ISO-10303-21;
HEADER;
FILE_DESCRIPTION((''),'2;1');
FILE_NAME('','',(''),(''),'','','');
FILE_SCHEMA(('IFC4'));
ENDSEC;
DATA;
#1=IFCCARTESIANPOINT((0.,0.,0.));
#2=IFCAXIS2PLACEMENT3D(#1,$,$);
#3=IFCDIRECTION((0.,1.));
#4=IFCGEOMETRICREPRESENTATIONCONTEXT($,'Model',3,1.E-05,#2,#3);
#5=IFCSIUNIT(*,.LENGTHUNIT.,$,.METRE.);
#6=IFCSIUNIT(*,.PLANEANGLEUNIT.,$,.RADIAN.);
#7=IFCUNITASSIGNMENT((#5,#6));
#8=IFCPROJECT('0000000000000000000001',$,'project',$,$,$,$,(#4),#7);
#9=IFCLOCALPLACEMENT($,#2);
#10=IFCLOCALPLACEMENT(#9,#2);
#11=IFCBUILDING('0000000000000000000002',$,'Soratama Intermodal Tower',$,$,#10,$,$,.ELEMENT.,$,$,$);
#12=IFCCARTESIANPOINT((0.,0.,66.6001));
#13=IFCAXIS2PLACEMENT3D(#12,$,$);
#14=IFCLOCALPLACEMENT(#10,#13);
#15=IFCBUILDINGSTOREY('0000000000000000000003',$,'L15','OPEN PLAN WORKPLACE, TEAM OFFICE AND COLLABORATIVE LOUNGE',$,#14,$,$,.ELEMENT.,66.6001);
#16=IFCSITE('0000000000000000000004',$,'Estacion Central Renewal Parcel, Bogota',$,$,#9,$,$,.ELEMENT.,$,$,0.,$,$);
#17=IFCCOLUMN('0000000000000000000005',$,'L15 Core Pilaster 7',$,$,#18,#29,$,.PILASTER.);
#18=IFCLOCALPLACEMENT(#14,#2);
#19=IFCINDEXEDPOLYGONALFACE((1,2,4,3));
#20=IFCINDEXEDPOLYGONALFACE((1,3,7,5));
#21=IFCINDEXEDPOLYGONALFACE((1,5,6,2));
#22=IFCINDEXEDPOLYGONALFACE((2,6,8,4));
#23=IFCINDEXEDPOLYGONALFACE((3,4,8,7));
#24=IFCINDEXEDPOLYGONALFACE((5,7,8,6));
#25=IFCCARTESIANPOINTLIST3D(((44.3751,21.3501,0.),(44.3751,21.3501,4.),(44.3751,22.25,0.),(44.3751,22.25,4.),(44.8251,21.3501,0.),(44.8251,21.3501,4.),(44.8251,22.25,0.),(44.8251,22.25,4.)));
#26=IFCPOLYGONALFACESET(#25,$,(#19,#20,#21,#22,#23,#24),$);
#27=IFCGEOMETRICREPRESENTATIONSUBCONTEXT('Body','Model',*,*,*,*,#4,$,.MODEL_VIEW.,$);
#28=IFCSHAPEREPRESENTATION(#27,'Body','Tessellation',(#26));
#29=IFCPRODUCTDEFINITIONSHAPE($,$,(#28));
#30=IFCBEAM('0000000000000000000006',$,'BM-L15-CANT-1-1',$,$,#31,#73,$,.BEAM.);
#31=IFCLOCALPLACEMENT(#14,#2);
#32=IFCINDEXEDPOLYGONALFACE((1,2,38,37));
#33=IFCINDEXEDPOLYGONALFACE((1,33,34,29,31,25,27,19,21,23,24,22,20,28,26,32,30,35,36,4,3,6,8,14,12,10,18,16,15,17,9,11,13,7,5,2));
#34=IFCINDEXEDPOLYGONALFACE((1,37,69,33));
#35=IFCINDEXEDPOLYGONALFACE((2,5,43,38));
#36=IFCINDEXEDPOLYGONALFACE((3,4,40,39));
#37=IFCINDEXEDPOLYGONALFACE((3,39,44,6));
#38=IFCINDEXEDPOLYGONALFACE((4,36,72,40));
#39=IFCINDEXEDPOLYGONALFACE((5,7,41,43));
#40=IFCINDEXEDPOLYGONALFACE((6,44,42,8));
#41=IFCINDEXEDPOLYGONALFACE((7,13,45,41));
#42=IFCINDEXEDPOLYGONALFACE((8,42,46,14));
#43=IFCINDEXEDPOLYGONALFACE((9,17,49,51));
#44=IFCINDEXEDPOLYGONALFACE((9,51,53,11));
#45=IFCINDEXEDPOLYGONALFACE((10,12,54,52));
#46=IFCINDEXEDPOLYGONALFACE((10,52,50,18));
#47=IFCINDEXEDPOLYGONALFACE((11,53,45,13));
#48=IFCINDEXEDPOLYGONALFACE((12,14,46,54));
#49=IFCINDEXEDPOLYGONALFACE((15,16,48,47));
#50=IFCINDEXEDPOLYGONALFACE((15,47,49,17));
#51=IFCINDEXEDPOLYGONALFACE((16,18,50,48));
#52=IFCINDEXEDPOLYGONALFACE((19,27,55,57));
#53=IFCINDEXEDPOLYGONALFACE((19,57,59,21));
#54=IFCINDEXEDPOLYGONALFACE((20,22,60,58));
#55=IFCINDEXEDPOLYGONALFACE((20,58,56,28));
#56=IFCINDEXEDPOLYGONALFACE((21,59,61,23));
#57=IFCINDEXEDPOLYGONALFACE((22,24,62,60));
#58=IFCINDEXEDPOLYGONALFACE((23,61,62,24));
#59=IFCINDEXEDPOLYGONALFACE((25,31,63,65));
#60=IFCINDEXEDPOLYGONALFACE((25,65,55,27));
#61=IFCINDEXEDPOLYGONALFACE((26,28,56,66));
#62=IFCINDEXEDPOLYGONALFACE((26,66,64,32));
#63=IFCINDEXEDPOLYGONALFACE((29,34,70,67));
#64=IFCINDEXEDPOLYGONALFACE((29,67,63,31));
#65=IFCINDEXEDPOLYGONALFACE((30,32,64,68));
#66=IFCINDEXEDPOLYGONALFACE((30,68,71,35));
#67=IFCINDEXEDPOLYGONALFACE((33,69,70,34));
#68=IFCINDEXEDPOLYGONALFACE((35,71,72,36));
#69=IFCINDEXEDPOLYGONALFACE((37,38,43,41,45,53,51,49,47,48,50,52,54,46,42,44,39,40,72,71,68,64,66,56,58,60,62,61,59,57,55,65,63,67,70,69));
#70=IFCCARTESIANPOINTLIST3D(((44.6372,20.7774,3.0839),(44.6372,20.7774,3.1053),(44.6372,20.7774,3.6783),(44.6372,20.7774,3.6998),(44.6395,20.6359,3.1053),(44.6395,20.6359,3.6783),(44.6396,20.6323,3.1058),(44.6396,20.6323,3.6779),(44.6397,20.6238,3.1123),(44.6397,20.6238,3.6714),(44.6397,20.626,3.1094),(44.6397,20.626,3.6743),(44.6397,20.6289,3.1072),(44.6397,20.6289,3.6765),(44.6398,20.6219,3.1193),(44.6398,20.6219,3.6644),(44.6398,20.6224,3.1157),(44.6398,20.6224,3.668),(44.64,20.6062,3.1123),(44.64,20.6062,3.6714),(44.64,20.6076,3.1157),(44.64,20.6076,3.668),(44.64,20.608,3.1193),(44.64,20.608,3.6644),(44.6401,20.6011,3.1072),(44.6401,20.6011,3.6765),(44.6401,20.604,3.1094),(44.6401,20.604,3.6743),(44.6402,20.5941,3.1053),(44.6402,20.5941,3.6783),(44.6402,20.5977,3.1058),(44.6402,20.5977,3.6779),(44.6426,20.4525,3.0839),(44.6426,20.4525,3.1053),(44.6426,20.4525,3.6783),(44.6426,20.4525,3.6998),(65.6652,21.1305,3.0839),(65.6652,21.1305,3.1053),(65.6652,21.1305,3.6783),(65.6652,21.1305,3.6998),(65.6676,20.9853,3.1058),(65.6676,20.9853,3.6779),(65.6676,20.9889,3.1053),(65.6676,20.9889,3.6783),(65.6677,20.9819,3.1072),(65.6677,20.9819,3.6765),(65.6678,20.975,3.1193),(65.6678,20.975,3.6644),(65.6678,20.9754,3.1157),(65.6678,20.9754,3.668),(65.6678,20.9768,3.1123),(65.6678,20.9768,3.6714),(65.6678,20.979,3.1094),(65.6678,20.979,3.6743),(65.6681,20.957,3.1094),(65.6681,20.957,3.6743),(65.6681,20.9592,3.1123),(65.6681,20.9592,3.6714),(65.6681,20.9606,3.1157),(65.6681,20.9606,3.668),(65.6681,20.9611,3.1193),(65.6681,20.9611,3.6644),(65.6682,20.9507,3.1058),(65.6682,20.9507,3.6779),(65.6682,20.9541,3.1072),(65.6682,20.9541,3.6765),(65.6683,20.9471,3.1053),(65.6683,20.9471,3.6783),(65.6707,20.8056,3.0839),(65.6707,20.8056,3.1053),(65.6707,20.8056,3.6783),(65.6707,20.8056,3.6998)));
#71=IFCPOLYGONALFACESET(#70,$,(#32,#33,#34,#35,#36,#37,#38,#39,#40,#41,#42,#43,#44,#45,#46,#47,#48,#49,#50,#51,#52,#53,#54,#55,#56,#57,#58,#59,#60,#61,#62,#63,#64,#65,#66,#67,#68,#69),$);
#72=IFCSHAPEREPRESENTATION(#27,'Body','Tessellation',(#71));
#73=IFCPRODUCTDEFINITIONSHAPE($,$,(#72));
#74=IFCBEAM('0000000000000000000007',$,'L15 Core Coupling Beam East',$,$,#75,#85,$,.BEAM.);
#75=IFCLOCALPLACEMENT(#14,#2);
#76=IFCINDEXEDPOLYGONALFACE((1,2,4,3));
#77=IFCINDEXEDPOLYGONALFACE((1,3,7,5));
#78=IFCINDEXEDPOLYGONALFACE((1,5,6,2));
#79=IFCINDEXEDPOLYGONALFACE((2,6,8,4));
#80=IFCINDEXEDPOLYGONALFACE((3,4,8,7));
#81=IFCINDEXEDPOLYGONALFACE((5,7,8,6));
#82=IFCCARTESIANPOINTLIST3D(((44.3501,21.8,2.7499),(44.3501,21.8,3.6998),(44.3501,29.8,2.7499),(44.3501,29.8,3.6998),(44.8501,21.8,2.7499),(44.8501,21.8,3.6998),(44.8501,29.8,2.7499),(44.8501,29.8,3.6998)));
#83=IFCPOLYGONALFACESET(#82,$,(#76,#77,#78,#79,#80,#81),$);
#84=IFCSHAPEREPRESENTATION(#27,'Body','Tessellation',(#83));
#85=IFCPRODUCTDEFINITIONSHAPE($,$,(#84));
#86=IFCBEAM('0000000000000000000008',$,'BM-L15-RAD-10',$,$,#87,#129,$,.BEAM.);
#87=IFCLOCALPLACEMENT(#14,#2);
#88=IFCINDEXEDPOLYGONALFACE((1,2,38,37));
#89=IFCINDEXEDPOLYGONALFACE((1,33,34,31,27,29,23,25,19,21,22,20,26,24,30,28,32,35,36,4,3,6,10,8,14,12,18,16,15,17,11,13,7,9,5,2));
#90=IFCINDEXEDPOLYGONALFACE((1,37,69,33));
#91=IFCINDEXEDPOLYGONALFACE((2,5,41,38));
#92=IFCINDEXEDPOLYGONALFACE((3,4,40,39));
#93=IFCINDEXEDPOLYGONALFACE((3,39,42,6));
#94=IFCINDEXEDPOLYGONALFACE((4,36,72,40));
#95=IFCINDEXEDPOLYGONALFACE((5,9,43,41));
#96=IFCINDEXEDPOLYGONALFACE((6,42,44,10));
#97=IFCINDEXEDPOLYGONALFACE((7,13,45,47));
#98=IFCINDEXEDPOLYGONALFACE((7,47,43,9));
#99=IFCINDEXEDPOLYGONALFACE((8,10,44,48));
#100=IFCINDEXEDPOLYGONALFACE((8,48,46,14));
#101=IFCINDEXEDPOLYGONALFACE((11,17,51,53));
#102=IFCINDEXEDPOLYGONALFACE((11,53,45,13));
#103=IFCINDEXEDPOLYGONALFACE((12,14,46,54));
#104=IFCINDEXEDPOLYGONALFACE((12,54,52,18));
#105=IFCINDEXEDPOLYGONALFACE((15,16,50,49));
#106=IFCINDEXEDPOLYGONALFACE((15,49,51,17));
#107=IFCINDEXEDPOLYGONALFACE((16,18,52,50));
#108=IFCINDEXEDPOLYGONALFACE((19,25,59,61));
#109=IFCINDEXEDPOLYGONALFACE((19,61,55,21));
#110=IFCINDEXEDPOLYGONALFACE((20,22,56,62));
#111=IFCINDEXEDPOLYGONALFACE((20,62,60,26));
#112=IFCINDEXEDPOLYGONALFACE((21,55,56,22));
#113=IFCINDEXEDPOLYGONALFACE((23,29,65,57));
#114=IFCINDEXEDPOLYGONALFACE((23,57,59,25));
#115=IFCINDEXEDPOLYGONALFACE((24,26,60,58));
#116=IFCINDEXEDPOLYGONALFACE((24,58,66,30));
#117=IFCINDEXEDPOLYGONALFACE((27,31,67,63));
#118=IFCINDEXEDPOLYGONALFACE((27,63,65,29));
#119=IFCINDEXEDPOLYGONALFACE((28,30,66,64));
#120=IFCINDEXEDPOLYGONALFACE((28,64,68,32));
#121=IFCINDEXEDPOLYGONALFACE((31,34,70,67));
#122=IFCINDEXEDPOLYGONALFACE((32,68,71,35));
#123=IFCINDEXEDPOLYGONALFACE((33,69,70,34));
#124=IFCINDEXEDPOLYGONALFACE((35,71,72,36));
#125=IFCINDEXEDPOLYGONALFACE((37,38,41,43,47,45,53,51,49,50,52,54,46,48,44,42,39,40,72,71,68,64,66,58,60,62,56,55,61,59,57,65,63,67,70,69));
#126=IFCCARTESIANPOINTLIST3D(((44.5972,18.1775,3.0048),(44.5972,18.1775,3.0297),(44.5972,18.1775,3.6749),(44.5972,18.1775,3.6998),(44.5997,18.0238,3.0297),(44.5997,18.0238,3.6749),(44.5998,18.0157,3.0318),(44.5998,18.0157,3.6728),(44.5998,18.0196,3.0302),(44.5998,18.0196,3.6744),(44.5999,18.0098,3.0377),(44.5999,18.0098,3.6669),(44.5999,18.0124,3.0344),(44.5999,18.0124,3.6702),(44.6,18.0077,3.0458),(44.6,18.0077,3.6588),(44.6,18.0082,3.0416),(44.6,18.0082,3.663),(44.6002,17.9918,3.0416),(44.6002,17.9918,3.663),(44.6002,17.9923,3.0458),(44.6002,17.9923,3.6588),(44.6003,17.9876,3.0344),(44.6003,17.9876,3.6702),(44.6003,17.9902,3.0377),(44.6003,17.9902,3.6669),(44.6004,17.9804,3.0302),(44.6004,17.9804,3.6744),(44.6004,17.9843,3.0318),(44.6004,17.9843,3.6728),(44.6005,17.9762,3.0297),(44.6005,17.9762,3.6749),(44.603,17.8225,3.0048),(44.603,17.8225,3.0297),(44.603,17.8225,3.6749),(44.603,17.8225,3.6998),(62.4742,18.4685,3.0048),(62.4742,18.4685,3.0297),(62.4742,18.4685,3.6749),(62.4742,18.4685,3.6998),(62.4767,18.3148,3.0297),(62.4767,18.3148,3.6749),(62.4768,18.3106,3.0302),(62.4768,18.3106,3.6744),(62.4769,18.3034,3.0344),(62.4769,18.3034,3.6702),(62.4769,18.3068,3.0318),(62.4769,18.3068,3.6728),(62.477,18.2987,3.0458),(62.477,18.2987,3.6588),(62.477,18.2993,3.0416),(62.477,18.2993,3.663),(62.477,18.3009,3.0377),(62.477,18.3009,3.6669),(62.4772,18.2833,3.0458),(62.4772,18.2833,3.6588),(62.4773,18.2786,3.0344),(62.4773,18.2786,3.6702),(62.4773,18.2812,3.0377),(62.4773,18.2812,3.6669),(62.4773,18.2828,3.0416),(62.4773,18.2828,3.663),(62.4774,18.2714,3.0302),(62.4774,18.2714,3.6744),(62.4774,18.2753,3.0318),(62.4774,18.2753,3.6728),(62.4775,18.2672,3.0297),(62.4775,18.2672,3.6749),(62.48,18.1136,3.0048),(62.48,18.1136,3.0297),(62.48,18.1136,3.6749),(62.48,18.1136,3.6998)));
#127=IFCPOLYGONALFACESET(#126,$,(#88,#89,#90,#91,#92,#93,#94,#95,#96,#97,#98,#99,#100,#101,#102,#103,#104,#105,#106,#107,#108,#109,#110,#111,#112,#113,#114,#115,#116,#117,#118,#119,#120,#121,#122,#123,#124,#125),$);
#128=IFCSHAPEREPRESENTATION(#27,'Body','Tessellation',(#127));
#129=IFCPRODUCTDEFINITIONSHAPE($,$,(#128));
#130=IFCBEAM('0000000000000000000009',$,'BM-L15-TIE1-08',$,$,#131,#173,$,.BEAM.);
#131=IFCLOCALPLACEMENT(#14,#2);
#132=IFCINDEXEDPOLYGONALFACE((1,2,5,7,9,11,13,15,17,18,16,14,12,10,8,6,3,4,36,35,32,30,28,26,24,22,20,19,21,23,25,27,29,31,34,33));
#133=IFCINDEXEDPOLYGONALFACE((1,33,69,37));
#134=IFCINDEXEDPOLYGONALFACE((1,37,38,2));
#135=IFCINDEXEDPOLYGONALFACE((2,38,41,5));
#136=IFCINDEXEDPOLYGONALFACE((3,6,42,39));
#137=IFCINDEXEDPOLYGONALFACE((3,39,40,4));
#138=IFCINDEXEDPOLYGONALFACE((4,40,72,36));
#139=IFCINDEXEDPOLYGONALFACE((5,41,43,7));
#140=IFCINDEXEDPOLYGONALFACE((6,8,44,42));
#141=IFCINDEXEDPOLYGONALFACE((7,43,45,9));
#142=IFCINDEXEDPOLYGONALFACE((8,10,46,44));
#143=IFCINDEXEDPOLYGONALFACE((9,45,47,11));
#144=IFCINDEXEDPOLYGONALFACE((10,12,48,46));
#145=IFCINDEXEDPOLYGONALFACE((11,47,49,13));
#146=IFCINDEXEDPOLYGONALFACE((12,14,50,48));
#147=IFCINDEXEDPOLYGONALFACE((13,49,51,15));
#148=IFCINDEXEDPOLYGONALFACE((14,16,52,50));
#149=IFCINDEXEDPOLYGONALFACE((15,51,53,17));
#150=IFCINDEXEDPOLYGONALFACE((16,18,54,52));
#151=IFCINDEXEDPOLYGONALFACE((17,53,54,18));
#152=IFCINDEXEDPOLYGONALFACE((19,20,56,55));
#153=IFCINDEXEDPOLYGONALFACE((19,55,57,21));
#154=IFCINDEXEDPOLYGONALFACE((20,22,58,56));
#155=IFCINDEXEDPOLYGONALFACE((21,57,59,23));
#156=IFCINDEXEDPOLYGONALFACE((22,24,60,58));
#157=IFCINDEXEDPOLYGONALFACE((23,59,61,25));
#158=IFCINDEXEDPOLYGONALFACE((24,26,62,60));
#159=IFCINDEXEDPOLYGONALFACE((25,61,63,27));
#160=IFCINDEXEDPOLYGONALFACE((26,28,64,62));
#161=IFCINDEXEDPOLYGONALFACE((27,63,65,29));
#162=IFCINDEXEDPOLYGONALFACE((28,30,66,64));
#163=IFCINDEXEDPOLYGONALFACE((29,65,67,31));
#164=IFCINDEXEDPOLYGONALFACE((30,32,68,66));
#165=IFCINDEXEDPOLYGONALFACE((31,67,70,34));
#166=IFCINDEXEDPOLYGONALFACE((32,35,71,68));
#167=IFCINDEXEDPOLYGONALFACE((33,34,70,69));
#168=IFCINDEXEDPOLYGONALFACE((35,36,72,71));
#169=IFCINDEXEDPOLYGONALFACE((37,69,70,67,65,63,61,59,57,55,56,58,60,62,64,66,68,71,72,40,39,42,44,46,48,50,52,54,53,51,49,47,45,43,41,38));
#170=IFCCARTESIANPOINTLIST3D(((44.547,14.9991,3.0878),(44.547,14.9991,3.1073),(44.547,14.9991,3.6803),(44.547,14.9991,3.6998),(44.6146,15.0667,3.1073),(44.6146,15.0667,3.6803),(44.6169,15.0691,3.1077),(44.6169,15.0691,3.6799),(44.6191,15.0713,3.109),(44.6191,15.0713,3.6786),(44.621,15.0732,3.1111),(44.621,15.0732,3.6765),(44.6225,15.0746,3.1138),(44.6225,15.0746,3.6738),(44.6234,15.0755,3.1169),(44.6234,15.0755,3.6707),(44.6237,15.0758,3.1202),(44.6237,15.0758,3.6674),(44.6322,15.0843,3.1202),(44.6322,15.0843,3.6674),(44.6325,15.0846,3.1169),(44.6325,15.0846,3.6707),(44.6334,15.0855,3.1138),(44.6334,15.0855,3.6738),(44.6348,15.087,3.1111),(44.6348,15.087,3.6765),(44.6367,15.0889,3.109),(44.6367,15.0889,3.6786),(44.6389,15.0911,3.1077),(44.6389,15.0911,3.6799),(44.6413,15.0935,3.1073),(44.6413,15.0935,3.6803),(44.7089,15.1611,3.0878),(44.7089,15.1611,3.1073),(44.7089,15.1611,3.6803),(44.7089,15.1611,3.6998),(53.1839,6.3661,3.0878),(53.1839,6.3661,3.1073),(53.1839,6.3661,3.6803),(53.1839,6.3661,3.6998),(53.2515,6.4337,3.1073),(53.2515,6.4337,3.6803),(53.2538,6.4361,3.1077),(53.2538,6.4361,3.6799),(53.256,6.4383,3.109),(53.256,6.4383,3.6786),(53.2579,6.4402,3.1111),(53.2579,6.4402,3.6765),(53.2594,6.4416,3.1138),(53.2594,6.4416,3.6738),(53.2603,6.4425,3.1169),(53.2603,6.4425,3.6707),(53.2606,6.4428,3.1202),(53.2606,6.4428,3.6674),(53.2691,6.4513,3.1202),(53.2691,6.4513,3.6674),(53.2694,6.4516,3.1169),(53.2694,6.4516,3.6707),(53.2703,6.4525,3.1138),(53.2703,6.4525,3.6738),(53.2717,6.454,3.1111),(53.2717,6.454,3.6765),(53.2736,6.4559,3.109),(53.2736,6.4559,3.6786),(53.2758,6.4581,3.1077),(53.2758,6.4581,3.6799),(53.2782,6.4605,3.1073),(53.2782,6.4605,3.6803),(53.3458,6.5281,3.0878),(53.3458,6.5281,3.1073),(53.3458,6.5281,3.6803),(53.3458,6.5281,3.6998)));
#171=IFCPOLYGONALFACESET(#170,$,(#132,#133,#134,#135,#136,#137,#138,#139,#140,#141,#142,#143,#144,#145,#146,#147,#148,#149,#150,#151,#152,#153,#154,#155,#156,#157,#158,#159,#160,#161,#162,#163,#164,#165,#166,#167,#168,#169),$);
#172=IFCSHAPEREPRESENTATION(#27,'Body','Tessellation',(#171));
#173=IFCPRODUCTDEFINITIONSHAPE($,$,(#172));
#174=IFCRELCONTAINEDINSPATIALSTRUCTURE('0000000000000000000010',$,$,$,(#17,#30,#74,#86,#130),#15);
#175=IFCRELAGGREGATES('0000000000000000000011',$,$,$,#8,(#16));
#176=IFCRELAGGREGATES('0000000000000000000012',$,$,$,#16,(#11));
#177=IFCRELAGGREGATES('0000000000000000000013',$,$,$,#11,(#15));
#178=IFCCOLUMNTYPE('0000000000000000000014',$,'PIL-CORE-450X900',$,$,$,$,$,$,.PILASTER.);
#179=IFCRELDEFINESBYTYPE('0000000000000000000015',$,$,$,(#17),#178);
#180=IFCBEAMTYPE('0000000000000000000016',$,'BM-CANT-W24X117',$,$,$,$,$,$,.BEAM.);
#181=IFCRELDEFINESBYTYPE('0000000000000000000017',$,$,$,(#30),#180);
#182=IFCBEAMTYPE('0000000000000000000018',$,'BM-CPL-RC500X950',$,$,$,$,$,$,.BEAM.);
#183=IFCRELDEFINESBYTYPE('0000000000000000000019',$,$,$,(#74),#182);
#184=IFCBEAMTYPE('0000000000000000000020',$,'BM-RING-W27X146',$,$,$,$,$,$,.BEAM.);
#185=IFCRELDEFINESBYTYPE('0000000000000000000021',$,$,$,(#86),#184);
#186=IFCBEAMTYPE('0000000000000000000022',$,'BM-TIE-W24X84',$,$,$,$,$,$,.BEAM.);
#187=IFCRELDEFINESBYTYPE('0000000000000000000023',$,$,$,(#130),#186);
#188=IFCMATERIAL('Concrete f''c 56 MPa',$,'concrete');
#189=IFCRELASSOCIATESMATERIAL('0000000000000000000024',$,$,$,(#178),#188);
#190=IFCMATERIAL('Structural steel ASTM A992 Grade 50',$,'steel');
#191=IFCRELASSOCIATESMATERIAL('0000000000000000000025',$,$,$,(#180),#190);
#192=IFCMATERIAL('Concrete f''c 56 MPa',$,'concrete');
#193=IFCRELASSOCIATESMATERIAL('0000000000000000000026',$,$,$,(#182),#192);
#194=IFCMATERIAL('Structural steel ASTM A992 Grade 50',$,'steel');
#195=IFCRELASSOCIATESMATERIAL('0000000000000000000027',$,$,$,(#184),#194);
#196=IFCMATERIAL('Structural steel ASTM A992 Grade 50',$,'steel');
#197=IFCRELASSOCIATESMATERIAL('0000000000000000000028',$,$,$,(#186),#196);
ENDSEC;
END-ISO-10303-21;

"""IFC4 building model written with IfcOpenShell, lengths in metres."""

from ifc_helpers import new_model, si_unit, direction, frame, origin, origin_2d, place, context, subcontext, project, spatial, rectangle, i_section, extrude, material, material_profile, profile_set, type_object, element, save


model = new_model("IFC4")

# Units and contexts
model_context = context("Model", 3, precision=1e-05, world=origin(), true_north=direction((0.0, 1.0)))
body_context = subcontext(model_context, "Body", "Model", "MODEL_VIEW")
ifc_project = project(units=[si_unit("LENGTHUNIT", "METRE"), si_unit("PLANEANGLEUNIT", "RADIAN")], contexts=[model_context])

# Site, building, storey
site_placement = place(None, origin())
site = spatial("IfcSite", under=ifc_project, at=site_placement, Name="Estacion Central Renewal Parcel, Bogota", CompositionType="ELEMENT", RefElevation=0.0)
building_placement = place(site_placement, origin())
building = spatial("IfcBuilding", under=site, at=building_placement, Name="Soratama Intermodal Tower", CompositionType="ELEMENT")
storey_placement = place(building_placement, frame((0.0, 0.0, 66.6001)))
storey = spatial("IfcBuildingStorey", under=building, at=storey_placement, Name="L15", Description="OPEN PLAN WORKPLACE, TEAM OFFICE AND COLLABORATIVE LOUNGE", CompositionType="ELEMENT", Elevation=66.6001)

# Column
ifc_material_1 = material(Name="Concrete f'c 56 MPa", Category="concrete")
ifc_material_profile_1 = material_profile(ifc_material_1, rectangle(XDim=0.45, YDim=0.8999, at=origin_2d()), Name="RC450X900")
ifc_profile_set_1 = profile_set([ifc_material_profile_1], Name="Concrete f'c 56 MPa")
column_type = type_object("IfcColumnType", Name="PIL-CORE-450X900", PredefinedType="PILASTER", material=ifc_profile_set_1)
column_placement = place(storey_placement, frame((44.6001, 21.8, 0.0), z_axis=(0.0, 0.0, 1.0), x_axis=(1.0, 0.0, 0.0)))
element("IfcColumn", 1, at=column_placement, inside=storey, type_object=column_type, Name="L15 Core Pilaster 7", PredefinedType="PILASTER", context=body_context, shape_type="SweptSolid", body=[
    extrude(rectangle(XDim=0.45, YDim=0.8999, at=origin_2d()), origin(), (0.0, 0.0, 1.0), 4.0),
])

# Beams
ifc_material_2 = material(Name="Structural steel ASTM A992 Grade 50", Category="steel")
ifc_material_profile_2 = material_profile(ifc_material_2, i_section(OverallWidth=0.325, OverallDepth=0.616, WebThickness=0.0139, FlangeThickness=0.0215, FilletRadius=0.0139, at=origin_2d()), Name="W24X117")
ifc_profile_set_2 = profile_set([ifc_material_profile_2], Name="Structural steel ASTM A992 Grade 50")
beam_type_1 = type_object("IfcBeamType", Name="BM-CANT-W24X117", PredefinedType="BEAM", material=ifc_profile_set_2)
beam_1_placement = place(storey_placement, frame((44.6399, 20.615, 3.3918), z_axis=(0.999859, 0.016786, 0.0), x_axis=(-0.016786, 0.999859, 0.0)))
element("IfcBeam", 2, at=beam_1_placement, inside=storey, type_object=beam_type_1, Name="BM-L15-CANT-1-1", PredefinedType="BEAM", context=body_context, shape_type="SweptSolid", body=[
    extrude(i_section(OverallWidth=0.325, OverallDepth=0.616, WebThickness=0.0139, FlangeThickness=0.0215, FilletRadius=0.0139, at=origin_2d()), origin(), (0.0, 0.0, 1.0), 21.031),
])
ifc_material_3 = material(Name="Concrete f'c 56 MPa", Category="concrete")
ifc_material_profile_3 = material_profile(ifc_material_3, rectangle(XDim=0.5, YDim=0.95, at=origin_2d()), Name="RC500X950")
ifc_profile_set_3 = profile_set([ifc_material_profile_3], Name="Concrete f'c 56 MPa")
beam_type_2 = type_object("IfcBeamType", Name="BM-CPL-RC500X950", PredefinedType="BEAM", material=ifc_profile_set_3)
beam_2_placement = place(storey_placement, frame((44.6001, 21.8, 3.2249), z_axis=(0.0, 1.0, 0.0), x_axis=(-1.0, 0.0, 0.0)))
element("IfcBeam", 3, at=beam_2_placement, inside=storey, type_object=beam_type_2, Name="L15 Core Coupling Beam East", PredefinedType="BEAM", context=body_context, shape_type="SweptSolid", body=[
    extrude(rectangle(XDim=0.5, YDim=0.95, at=origin_2d()), origin(), (0.0, 0.0, 1.0), 8.0),
])
ifc_material_4 = material(Name="Structural steel ASTM A992 Grade 50", Category="steel")
ifc_material_profile_4 = material_profile(ifc_material_4, i_section(OverallWidth=0.355, OverallDepth=0.6951, WebThickness=0.0154, FlangeThickness=0.0249, FilletRadius=0.0161, at=origin_2d()), Name="W27X146")
ifc_profile_set_4 = profile_set([ifc_material_profile_4], Name="Structural steel ASTM A992 Grade 50")
beam_type_3 = type_object("IfcBeamType", Name="BM-RING-W27X146", PredefinedType="BEAM", material=ifc_profile_set_4)
beam_3_placement = place(storey_placement, frame((44.6001, 18.0, 3.3523), z_axis=(0.999868, 0.016277, 0.0), x_axis=(-0.016277, 0.999868, 0.0)))
element("IfcBeam", 4, at=beam_3_placement, inside=storey, type_object=beam_type_3, Name="BM-L15-RAD-10", PredefinedType="BEAM", context=body_context, shape_type="SweptSolid", body=[
    extrude(i_section(OverallWidth=0.355, OverallDepth=0.6951, WebThickness=0.0154, FlangeThickness=0.0249, FilletRadius=0.0161, at=origin_2d()), origin(), (0.0, 0.0, 1.0), 17.8794),
])
ifc_material_5 = material(Name="Structural steel ASTM A992 Grade 50", Category="steel")
ifc_material_profile_5 = material_profile(ifc_material_5, i_section(OverallWidth=0.229, OverallDepth=0.6121, WebThickness=0.012, FlangeThickness=0.0195, FilletRadius=0.0129, at=origin_2d()), Name="W24X84")
ifc_profile_set_5 = profile_set([ifc_material_profile_5], Name="Structural steel ASTM A992 Grade 50")
beam_type_4 = type_object("IfcBeamType", Name="BM-TIE-W24X84", PredefinedType="BEAM", material=ifc_profile_set_5)
beam_4_placement = place(storey_placement, frame((44.6279, 15.0801, 3.3938), z_axis=(0.707267, -0.706947, 0.0), x_axis=(0.706947, 0.707267, 0.0)))
element("IfcBeam", 5, at=beam_4_placement, inside=storey, type_object=beam_type_4, Name="BM-L15-TIE1-08", PredefinedType="BEAM", context=body_context, shape_type="SweptSolid", body=[
    extrude(i_section(OverallWidth=0.229, OverallDepth=0.6121, WebThickness=0.012, FlangeThickness=0.0195, FilletRadius=0.0129, at=origin_2d()), origin(), (0.0, 0.0, 1.0), 12.2117),
])

save(model, "model.ifc")
